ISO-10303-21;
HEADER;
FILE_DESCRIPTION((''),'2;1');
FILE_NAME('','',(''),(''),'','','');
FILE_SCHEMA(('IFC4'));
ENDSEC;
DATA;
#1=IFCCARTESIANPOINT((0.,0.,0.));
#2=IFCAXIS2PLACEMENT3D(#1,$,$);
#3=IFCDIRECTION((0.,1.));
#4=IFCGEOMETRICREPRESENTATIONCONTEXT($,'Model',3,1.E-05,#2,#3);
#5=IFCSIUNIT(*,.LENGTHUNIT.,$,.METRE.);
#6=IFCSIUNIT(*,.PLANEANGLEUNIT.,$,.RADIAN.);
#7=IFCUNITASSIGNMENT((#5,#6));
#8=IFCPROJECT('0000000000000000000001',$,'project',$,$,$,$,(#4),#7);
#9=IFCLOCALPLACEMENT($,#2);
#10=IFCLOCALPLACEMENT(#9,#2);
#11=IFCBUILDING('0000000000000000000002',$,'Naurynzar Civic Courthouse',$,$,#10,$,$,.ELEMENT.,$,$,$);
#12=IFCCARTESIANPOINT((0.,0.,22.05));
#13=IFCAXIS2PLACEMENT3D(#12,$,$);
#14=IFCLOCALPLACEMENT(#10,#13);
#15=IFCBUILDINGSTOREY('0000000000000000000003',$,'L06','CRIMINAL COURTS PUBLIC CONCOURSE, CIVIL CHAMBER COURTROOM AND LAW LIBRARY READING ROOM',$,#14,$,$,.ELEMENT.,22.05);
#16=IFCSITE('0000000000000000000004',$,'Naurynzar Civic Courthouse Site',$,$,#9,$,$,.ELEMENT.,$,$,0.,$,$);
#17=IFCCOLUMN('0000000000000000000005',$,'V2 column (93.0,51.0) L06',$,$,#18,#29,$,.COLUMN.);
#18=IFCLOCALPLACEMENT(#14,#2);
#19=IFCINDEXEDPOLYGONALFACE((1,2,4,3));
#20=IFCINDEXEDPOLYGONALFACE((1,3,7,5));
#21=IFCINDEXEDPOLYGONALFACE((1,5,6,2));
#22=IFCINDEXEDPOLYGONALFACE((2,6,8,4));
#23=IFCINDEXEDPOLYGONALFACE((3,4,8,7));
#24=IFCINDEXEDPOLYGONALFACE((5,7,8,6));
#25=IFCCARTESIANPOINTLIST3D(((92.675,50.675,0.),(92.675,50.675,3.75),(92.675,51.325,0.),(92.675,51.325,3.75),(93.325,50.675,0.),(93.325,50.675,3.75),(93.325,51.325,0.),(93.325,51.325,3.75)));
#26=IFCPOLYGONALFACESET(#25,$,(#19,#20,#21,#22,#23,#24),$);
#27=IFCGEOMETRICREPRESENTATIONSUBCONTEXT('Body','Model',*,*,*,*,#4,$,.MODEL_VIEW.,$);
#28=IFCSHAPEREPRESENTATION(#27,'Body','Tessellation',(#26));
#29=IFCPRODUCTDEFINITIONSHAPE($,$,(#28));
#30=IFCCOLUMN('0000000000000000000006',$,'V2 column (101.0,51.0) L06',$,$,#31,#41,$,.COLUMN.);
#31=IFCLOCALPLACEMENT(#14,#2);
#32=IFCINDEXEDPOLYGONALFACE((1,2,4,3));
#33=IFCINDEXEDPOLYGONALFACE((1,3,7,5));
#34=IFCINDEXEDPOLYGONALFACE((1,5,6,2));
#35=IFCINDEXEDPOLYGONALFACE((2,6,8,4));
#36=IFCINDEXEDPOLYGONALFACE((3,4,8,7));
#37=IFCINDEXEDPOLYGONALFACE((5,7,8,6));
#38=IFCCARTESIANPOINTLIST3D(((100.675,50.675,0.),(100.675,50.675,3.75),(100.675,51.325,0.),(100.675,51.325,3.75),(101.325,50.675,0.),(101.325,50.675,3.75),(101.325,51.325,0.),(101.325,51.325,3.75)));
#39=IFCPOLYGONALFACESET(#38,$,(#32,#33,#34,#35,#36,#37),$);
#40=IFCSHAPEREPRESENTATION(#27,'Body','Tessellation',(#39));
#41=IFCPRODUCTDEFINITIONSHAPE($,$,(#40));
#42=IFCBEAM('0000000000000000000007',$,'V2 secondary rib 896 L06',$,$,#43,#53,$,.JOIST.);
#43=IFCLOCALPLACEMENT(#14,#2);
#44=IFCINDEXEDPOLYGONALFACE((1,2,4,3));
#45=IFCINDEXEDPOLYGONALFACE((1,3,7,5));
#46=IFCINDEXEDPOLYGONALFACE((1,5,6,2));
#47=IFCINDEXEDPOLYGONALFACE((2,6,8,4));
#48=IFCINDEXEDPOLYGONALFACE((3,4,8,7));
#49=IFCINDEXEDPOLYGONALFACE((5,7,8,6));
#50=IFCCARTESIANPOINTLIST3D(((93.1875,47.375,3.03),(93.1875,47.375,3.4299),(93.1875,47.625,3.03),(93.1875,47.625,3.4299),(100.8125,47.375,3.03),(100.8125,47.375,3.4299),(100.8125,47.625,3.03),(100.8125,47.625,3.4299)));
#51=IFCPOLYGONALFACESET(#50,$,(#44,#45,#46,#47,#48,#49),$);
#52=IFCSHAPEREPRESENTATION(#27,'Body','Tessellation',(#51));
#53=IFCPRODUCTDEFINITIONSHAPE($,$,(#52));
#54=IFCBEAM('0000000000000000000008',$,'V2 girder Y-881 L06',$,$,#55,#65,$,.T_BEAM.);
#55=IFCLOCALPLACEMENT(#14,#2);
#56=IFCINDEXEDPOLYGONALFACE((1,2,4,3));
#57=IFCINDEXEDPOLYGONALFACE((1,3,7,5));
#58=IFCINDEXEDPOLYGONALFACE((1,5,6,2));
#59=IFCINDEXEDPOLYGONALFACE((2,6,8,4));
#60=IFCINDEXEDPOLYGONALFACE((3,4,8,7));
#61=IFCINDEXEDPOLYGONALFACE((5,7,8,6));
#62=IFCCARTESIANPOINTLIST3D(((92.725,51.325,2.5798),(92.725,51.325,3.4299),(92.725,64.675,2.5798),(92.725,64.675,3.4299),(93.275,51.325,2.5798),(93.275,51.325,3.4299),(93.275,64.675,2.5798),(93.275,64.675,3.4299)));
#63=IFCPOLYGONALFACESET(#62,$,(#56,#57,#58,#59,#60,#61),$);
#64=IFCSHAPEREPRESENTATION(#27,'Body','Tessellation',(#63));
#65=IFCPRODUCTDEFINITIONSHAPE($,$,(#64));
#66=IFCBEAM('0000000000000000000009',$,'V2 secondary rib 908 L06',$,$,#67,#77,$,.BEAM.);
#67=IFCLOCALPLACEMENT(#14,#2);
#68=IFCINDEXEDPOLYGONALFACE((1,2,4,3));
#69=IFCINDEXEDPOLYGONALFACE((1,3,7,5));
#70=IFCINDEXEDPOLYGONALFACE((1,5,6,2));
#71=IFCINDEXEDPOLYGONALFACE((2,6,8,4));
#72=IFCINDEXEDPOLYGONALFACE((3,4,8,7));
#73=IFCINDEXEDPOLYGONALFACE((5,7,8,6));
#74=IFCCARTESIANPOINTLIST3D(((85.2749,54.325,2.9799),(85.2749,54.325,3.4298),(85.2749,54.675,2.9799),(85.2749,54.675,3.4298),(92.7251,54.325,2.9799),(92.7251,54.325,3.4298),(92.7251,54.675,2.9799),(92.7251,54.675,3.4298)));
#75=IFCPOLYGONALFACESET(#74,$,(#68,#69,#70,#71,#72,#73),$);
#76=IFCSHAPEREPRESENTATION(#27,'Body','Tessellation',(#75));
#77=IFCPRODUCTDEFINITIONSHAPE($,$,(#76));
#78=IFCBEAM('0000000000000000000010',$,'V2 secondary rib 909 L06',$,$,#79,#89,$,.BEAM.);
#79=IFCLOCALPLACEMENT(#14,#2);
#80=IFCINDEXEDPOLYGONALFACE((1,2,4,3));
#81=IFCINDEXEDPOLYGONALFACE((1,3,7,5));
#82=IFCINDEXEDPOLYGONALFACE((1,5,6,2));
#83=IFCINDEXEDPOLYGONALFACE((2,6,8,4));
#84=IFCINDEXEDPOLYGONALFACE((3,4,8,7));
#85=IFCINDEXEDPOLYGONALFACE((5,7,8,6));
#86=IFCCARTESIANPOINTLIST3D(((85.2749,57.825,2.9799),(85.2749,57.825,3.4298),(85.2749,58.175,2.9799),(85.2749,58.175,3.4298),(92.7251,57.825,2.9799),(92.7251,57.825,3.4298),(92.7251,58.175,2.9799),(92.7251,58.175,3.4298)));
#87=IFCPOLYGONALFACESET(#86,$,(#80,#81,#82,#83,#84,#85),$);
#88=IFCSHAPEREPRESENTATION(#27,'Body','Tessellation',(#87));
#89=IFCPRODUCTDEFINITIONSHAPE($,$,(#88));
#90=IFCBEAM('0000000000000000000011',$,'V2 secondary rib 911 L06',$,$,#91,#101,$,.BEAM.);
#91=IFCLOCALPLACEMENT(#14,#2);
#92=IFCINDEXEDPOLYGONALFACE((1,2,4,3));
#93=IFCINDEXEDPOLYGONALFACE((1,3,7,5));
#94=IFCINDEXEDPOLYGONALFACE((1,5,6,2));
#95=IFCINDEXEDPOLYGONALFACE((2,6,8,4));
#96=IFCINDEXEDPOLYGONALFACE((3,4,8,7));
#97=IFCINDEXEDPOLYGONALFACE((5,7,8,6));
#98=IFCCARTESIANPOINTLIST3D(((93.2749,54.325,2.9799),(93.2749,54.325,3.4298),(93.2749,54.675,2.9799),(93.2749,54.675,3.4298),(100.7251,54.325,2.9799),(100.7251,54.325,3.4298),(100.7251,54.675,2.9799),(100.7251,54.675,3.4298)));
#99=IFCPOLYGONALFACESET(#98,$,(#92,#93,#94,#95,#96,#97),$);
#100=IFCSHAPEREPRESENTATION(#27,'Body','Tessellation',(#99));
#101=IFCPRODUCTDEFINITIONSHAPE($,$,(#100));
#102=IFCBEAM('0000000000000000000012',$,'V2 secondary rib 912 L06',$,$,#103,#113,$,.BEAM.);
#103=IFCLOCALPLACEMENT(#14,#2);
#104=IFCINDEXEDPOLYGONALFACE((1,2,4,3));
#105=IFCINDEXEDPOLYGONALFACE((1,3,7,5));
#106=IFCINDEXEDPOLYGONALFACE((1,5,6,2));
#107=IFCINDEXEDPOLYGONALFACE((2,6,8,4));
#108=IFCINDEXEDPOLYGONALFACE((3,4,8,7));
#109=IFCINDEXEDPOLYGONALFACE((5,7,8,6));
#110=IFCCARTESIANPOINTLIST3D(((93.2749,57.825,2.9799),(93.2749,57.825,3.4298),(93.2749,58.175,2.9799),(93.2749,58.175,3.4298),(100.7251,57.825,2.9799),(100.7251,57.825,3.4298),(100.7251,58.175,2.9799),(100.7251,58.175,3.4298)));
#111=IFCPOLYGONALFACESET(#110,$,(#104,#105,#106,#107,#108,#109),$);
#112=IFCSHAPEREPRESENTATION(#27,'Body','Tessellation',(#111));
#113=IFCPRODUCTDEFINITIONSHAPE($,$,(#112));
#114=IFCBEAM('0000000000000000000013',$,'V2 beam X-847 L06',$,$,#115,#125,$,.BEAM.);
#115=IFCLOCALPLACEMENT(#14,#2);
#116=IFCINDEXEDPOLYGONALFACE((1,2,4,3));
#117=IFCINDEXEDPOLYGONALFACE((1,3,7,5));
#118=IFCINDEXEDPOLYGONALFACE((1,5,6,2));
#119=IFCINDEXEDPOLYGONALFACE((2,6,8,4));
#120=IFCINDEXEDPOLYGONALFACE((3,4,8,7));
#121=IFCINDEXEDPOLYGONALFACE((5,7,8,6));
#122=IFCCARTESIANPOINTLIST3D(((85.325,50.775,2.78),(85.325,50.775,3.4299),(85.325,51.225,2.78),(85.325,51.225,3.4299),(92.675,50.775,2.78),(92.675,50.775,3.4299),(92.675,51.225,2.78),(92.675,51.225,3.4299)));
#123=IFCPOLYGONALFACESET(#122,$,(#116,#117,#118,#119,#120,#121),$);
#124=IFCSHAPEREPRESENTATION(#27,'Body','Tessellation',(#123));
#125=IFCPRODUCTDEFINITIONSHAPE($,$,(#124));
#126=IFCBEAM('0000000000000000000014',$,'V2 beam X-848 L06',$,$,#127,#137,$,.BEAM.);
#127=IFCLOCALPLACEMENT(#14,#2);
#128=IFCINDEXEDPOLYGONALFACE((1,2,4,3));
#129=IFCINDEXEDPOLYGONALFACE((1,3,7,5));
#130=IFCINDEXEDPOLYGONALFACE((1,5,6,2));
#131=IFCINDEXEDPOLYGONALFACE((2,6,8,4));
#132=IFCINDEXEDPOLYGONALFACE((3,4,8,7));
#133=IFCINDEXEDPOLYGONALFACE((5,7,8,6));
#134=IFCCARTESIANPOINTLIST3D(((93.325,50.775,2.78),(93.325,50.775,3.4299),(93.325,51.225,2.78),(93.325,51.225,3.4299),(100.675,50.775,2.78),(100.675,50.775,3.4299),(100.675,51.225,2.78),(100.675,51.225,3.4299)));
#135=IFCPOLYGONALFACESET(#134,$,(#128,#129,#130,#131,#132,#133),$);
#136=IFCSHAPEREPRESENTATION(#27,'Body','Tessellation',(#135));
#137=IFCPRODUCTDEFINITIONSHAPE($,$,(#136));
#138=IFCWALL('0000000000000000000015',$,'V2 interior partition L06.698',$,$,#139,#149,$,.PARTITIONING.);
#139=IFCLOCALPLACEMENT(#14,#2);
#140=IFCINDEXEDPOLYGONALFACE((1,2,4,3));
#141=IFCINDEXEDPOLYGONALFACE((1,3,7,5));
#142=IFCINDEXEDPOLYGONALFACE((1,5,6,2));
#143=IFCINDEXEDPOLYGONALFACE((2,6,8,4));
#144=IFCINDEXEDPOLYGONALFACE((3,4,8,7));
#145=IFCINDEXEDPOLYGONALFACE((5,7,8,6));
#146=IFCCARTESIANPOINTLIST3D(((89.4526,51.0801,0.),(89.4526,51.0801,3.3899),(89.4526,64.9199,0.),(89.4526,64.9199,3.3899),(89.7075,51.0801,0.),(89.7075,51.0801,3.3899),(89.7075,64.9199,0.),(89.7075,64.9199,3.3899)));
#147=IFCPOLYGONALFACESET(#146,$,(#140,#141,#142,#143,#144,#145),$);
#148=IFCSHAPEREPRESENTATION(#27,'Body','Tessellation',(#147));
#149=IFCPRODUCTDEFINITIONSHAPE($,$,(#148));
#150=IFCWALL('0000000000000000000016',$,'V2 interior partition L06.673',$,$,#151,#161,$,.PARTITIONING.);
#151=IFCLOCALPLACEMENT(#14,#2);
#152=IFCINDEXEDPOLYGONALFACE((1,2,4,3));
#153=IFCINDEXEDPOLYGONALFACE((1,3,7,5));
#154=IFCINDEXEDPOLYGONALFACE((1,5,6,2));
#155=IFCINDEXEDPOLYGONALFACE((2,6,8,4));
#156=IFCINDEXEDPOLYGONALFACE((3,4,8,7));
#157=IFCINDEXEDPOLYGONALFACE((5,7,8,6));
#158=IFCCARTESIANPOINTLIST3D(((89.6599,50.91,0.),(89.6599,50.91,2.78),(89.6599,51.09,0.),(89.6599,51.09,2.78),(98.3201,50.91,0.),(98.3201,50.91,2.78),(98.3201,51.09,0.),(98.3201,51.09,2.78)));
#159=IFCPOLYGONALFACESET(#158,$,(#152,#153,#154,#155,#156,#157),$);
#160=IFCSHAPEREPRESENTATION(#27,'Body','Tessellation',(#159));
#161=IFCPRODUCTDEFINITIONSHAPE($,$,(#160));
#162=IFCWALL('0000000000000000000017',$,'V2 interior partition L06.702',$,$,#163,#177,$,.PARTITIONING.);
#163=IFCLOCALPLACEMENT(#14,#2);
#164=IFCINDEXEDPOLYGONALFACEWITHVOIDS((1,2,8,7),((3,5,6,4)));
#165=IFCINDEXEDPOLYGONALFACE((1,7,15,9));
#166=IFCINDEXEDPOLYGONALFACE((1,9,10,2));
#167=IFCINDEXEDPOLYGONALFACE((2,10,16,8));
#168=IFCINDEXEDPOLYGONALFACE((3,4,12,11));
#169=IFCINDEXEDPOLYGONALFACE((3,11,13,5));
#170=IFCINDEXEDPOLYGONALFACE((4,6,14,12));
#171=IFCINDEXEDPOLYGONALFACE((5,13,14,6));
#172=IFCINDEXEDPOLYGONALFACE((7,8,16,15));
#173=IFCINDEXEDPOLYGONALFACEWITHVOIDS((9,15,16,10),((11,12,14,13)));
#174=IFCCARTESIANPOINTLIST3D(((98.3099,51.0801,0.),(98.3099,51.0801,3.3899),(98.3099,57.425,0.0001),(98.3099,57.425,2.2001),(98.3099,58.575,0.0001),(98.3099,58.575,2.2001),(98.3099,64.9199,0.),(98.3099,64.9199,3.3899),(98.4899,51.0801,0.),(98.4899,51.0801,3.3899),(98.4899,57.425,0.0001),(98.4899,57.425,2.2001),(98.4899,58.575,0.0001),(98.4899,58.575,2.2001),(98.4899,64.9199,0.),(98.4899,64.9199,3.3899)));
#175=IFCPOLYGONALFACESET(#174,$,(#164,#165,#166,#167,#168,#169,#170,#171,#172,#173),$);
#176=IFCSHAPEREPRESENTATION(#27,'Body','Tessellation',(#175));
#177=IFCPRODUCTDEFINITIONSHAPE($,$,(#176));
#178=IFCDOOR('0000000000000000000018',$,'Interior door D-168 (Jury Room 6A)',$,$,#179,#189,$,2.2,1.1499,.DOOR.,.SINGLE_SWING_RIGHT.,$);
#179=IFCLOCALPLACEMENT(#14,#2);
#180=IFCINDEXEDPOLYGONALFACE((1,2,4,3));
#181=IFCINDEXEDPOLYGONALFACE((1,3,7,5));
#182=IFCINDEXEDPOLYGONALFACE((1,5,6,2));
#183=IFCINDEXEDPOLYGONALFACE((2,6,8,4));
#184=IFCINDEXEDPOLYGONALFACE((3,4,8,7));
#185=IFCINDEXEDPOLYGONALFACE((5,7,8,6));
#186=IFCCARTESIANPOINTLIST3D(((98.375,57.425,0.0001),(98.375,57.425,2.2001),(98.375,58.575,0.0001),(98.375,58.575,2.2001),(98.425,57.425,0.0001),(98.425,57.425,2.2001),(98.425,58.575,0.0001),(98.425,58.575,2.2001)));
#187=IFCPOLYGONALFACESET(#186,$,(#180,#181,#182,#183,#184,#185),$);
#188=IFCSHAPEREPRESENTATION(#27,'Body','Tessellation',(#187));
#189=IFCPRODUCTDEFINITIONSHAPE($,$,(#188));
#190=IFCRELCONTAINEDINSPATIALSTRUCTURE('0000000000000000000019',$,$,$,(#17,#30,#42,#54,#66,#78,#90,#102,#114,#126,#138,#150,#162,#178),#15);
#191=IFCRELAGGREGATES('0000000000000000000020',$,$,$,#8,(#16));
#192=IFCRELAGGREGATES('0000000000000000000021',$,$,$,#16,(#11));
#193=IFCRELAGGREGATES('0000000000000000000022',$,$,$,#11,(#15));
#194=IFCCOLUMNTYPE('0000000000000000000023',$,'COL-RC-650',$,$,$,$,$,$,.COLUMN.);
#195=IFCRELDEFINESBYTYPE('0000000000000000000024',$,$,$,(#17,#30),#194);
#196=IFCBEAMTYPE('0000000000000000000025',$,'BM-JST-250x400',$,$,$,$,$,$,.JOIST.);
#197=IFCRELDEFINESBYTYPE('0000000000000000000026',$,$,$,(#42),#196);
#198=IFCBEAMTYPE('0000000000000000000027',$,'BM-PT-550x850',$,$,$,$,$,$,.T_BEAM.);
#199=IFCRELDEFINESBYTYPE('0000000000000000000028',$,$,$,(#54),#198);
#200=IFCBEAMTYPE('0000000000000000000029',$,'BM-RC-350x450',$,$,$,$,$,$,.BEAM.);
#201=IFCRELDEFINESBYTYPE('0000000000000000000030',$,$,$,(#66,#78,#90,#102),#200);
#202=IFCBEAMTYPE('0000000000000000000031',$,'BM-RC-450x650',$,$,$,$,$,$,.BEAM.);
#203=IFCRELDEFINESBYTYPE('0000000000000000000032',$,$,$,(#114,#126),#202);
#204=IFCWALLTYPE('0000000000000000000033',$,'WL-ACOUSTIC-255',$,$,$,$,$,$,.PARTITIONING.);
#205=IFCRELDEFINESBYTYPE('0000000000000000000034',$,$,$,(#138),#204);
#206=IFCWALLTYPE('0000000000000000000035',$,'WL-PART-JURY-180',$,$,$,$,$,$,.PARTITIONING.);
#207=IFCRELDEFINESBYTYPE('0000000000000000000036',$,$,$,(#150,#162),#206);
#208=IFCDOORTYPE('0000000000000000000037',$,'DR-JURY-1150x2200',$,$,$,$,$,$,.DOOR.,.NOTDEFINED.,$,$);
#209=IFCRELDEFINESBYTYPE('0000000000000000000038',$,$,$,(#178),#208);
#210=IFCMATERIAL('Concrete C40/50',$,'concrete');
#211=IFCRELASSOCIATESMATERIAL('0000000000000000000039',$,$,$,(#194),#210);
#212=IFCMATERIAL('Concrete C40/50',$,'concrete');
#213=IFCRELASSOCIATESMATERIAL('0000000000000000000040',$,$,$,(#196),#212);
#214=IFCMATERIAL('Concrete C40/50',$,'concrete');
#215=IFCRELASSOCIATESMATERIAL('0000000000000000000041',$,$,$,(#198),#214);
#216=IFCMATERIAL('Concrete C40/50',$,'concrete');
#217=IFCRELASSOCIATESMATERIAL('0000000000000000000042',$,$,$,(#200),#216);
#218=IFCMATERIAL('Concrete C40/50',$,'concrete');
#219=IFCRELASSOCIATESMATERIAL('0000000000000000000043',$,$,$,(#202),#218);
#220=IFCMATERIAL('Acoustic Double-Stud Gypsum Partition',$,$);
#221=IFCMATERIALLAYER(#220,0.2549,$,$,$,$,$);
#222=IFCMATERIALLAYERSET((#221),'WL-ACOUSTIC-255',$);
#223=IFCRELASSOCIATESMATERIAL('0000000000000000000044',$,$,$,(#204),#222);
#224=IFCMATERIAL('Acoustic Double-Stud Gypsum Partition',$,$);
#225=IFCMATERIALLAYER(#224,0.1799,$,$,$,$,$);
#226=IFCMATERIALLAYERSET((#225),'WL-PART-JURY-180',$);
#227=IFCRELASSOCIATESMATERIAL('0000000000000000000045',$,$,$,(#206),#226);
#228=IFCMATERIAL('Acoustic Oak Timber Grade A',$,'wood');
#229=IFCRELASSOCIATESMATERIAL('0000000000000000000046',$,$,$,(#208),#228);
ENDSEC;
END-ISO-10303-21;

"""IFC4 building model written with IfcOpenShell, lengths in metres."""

from ifc_helpers import new_model, si_unit, direction, frame, frame_2d, origin, origin_2d, place, context, subcontext, project, spatial, rectangle, extrude, material, layer, layer_set, material_profile, profile_set, type_object, element, fill, save


model = new_model("IFC4")

# Units and contexts
model_context = context("Model", 3, precision=1e-05, world=origin(), true_north=direction((0.0, 1.0)))
body_context = subcontext(model_context, "Body", "Model", "MODEL_VIEW")
ifc_project = project(units=[si_unit("LENGTHUNIT", "METRE"), si_unit("PLANEANGLEUNIT", "RADIAN")], contexts=[model_context])

# Site, building, storey
site_placement = place(None, origin())
site = spatial("IfcSite", under=ifc_project, at=site_placement, Name="Naurynzar Civic Courthouse Site", CompositionType="ELEMENT", RefElevation=0.0)
building_placement = place(site_placement, origin())
building = spatial("IfcBuilding", under=site, at=building_placement, Name="Naurynzar Civic Courthouse", CompositionType="ELEMENT")
storey_placement = place(building_placement, frame((0.0, 0.0, 22.05)))
storey = spatial("IfcBuildingStorey", under=building, at=storey_placement, Name="L06", Description="CRIMINAL COURTS PUBLIC CONCOURSE, CIVIL CHAMBER COURTROOM AND LAW LIBRARY READING ROOM", CompositionType="ELEMENT", Elevation=22.05)

# Columns
ifc_material_1 = material(Name="Concrete C40/50", Category="concrete")
ifc_material_profile_1 = material_profile(ifc_material_1, rectangle(XDim=0.6499, YDim=0.6499, at=origin_2d()), Name="RC 650x650")
ifc_profile_set_1 = profile_set([ifc_material_profile_1], Name="Concrete C40/50")
column_type = type_object("IfcColumnType", Name="COL-RC-650", PredefinedType="COLUMN", material=ifc_profile_set_1)
for number, where, z_axis, x_axis, name in (
    (1, (93.0, 51.0, 0.0), (0.0, 0.0, 1.0), (1.0, 0.0, 0.0), "V2 column (93.0,51.0) L06"),
    (2, (101.0, 51.0, 0.0), (0.0, 0.0, 1.0), (1.0, 0.0, 0.0), "V2 column (101.0,51.0) L06"),
):
    element("IfcColumn", number, at=place(storey_placement, frame(where, z_axis=z_axis, x_axis=x_axis)), inside=storey, type_object=column_type, Name=name, PredefinedType="COLUMN", context=body_context, shape_type="SweptSolid", body=[
        extrude(rectangle(XDim=0.6499, YDim=0.6499, at=origin_2d()), origin(), (0.0, 0.0, 1.0), 3.75),
    ])

# Beams
ifc_material_2 = material(Name="Concrete C40/50", Category="concrete")
ifc_material_profile_2 = material_profile(ifc_material_2, rectangle(XDim=0.25, YDim=0.3999, at=origin_2d()), Name="RCB 250x400")
ifc_profile_set_2 = profile_set([ifc_material_profile_2], Name="Concrete C40/50")
beam_type_1 = type_object("IfcBeamType", Name="BM-JST-250x400", PredefinedType="JOIST", material=ifc_profile_set_2)
beam_1_placement = place(storey_placement, frame((93.1875, 47.5, 3.23), z_axis=(1.0, 0.0, 0.0), x_axis=(0.0, 1.0, 0.0)))
element("IfcBeam", 3, at=beam_1_placement, inside=storey, type_object=beam_type_1, Name="V2 secondary rib 896 L06", PredefinedType="JOIST", context=body_context, shape_type="SweptSolid", body=[
    extrude(rectangle(XDim=0.25, YDim=0.3999, at=origin_2d()), origin(), (0.0, 0.0, 1.0), 7.625),
])
ifc_material_3 = material(Name="Concrete C40/50", Category="concrete")
ifc_material_profile_3 = material_profile(ifc_material_3, rectangle(XDim=0.55, YDim=0.8501, at=origin_2d()), Name="PTB 550x850")
ifc_profile_set_3 = profile_set([ifc_material_profile_3], Name="Concrete C40/50")
beam_type_2 = type_object("IfcBeamType", Name="BM-PT-550x850", PredefinedType="T_BEAM", material=ifc_profile_set_3)
beam_2_placement = place(storey_placement, frame((93.0, 51.325, 3.0049), z_axis=(0.0, 1.0, 0.0), x_axis=(-1.0, 0.0, 0.0)))
element("IfcBeam", 4, at=beam_2_placement, inside=storey, type_object=beam_type_2, Name="V2 girder Y-881 L06", PredefinedType="T_BEAM", context=body_context, shape_type="SweptSolid", body=[
    extrude(rectangle(XDim=0.55, YDim=0.8501, at=origin_2d()), origin(), (0.0, 0.0, 1.0), 13.3501),
])
ifc_material_4 = material(Name="Concrete C40/50", Category="concrete")
ifc_material_profile_4 = material_profile(ifc_material_4, rectangle(XDim=0.3501, YDim=0.45, at=origin_2d()), Name="RCB 350x450")
ifc_profile_set_4 = profile_set([ifc_material_profile_4], Name="Concrete C40/50")
beam_type_3 = type_object("IfcBeamType", Name="BM-RC-350x450", PredefinedType="BEAM", material=ifc_profile_set_4)
for number, where, z_axis, x_axis, name in (
    (5, (85.2749, 54.5, 3.2048), (1.0, 0.0, 0.0), (0.0, 1.0, 0.0), "V2 secondary rib 908 L06"),
    (6, (85.2749, 58.0, 3.2048), (1.0, 0.0, 0.0), (0.0, 1.0, 0.0), "V2 secondary rib 909 L06"),
    (7, (93.2749, 54.5, 3.2048), (1.0, 0.0, 0.0), (0.0, 1.0, 0.0), "V2 secondary rib 911 L06"),
    (8, (93.2749, 58.0, 3.2048), (1.0, 0.0, 0.0), (0.0, 1.0, 0.0), "V2 secondary rib 912 L06"),
):
    element("IfcBeam", number, at=place(storey_placement, frame(where, z_axis=z_axis, x_axis=x_axis)), inside=storey, type_object=beam_type_3, Name=name, PredefinedType="BEAM", context=body_context, shape_type="SweptSolid", body=[
        extrude(rectangle(XDim=0.3501, YDim=0.45, at=origin_2d()), origin(), (0.0, 0.0, 1.0), 7.4502),
    ])
ifc_material_5 = material(Name="Concrete C40/50", Category="concrete")
ifc_material_profile_5 = material_profile(ifc_material_5, rectangle(XDim=0.45, YDim=0.6499, at=origin_2d()), Name="RCB 450x650")
ifc_profile_set_5 = profile_set([ifc_material_profile_5], Name="Concrete C40/50")
beam_type_4 = type_object("IfcBeamType", Name="BM-RC-450x650", PredefinedType="BEAM", material=ifc_profile_set_5)
for number, where, z_axis, x_axis, name in (
    (9, (85.325, 51.0, 3.105), (1.0, 0.0, 0.0), (0.0, 1.0, 0.0), "V2 beam X-847 L06"),
    (10, (93.325, 51.0, 3.105), (1.0, 0.0, 0.0), (0.0, 1.0, 0.0), "V2 beam X-848 L06"),
):
    element("IfcBeam", number, at=place(storey_placement, frame(where, z_axis=z_axis, x_axis=x_axis)), inside=storey, type_object=beam_type_4, Name=name, PredefinedType="BEAM", context=body_context, shape_type="SweptSolid", body=[
        extrude(rectangle(XDim=0.45, YDim=0.6499, at=origin_2d()), origin(), (0.0, 0.0, 1.0), 7.3501),
    ])

# Walls
ifc_material_6 = material(Name="Acoustic Double-Stud Gypsum Partition")
ifc_layer_1 = layer(ifc_material_6, 0.2549)
ifc_layer_set_1 = layer_set([ifc_layer_1], Name="WL-ACOUSTIC-255")
wall_type_1 = type_object("IfcWallType", Name="WL-ACOUSTIC-255", PredefinedType="PARTITIONING", material=ifc_layer_set_1)
wall_1_placement = place(storey_placement, frame((89.5801, 51.0801, 0.0), z_axis=(0.0, 0.0, 1.0), x_axis=(0.0, 1.0, 0.0)))
element("IfcWall", 11, at=wall_1_placement, inside=storey, type_object=wall_type_1, Name="V2 interior partition L06.698", PredefinedType="PARTITIONING", context=body_context, shape_type="SweptSolid", body=[
    extrude(rectangle(XDim=13.8398, YDim=0.2549, at=frame_2d((6.9199, 0.0))), origin(), (0.0, 0.0, 1.0), 3.3899),
])
ifc_material_7 = material(Name="Acoustic Double-Stud Gypsum Partition")
ifc_layer_2 = layer(ifc_material_7, 0.1799)
ifc_layer_set_2 = layer_set([ifc_layer_2], Name="WL-PART-JURY-180")
wall_type_2 = type_object("IfcWallType", Name="WL-PART-JURY-180", PredefinedType="PARTITIONING", material=ifc_layer_set_2)
wall_2_placement = place(storey_placement, frame((89.6599, 51.0, 0.0), z_axis=(0.0, 0.0, 1.0), x_axis=(1.0, 0.0, 0.0)))
element("IfcWall", 12, at=wall_2_placement, inside=storey, type_object=wall_type_2, Name="V2 interior partition L06.673", PredefinedType="PARTITIONING", context=body_context, shape_type="SweptSolid", body=[
    extrude(rectangle(XDim=8.6602, YDim=0.1799, at=frame_2d((4.3301, 0.0))), origin(), (0.0, 0.0, 1.0), 2.78),
])

# Wall, opening, door
wall_3_placement = place(storey_placement, frame((98.3999, 51.0801, 0.0), z_axis=(0.0, 0.0, 1.0), x_axis=(0.0, 1.0, 0.0)))
wall_3 = element("IfcWall", 13, at=wall_3_placement, inside=storey, type_object=wall_type_2, Name="V2 interior partition L06.702", PredefinedType="PARTITIONING", context=body_context, shape_type="SweptSolid", body=[
    extrude(rectangle(XDim=13.8398, YDim=0.1799, at=frame_2d((6.9199, 0.0))), origin(), (0.0, 0.0, 1.0), 3.3899),
])
opening_1_placement = place(wall_3_placement, frame((6.345, 0.0, 0.0)))
opening_1 = element("IfcOpeningElement", 14, at=opening_1_placement, cuts=wall_3, PredefinedType="OPENING", context=body_context, shape_type="SweptSolid", body=[
    extrude(rectangle(XDim=1.1499, YDim=2.2, at=frame_2d((0.575, 1.1001))), frame((0.0, 0.0999, 0.0), z_axis=(0.0, -1.0, 0.0), x_axis=(1.0, 0.0, 0.0)), (0.0, 0.0, 1.0), 0.2),
])
ifc_material_8 = material(Name="Acoustic Oak Timber Grade A", Category="wood")
door_type_1 = type_object("IfcDoorType", Name="DR-JURY-1150x2200", OperationType="NOTDEFINED", PredefinedType="DOOR", material=ifc_material_8)
door_1_placement = place(opening_1_placement, origin())
door_1 = element("IfcDoor", 15, at=door_1_placement, inside=storey, type_object=door_type_1, Name="Interior door D-168 (Jury Room 6A)", OperationType="SINGLE_SWING_RIGHT", OverallHeight=2.2, OverallWidth=1.1499, PredefinedType="DOOR", context=body_context, shape_type="SweptSolid", body=[
    extrude(rectangle(XDim=1.1499, YDim=2.2, at=frame_2d((0.575, 1.1001))), frame((0.0, 0.0249, 0.0), z_axis=(0.0, -1.0, 0.0), x_axis=(1.0, 0.0, 0.0)), (0.0, 0.0, 1.0), 0.05),
])
fill(opening_1, door_1)

save(model, "model.ifc")
